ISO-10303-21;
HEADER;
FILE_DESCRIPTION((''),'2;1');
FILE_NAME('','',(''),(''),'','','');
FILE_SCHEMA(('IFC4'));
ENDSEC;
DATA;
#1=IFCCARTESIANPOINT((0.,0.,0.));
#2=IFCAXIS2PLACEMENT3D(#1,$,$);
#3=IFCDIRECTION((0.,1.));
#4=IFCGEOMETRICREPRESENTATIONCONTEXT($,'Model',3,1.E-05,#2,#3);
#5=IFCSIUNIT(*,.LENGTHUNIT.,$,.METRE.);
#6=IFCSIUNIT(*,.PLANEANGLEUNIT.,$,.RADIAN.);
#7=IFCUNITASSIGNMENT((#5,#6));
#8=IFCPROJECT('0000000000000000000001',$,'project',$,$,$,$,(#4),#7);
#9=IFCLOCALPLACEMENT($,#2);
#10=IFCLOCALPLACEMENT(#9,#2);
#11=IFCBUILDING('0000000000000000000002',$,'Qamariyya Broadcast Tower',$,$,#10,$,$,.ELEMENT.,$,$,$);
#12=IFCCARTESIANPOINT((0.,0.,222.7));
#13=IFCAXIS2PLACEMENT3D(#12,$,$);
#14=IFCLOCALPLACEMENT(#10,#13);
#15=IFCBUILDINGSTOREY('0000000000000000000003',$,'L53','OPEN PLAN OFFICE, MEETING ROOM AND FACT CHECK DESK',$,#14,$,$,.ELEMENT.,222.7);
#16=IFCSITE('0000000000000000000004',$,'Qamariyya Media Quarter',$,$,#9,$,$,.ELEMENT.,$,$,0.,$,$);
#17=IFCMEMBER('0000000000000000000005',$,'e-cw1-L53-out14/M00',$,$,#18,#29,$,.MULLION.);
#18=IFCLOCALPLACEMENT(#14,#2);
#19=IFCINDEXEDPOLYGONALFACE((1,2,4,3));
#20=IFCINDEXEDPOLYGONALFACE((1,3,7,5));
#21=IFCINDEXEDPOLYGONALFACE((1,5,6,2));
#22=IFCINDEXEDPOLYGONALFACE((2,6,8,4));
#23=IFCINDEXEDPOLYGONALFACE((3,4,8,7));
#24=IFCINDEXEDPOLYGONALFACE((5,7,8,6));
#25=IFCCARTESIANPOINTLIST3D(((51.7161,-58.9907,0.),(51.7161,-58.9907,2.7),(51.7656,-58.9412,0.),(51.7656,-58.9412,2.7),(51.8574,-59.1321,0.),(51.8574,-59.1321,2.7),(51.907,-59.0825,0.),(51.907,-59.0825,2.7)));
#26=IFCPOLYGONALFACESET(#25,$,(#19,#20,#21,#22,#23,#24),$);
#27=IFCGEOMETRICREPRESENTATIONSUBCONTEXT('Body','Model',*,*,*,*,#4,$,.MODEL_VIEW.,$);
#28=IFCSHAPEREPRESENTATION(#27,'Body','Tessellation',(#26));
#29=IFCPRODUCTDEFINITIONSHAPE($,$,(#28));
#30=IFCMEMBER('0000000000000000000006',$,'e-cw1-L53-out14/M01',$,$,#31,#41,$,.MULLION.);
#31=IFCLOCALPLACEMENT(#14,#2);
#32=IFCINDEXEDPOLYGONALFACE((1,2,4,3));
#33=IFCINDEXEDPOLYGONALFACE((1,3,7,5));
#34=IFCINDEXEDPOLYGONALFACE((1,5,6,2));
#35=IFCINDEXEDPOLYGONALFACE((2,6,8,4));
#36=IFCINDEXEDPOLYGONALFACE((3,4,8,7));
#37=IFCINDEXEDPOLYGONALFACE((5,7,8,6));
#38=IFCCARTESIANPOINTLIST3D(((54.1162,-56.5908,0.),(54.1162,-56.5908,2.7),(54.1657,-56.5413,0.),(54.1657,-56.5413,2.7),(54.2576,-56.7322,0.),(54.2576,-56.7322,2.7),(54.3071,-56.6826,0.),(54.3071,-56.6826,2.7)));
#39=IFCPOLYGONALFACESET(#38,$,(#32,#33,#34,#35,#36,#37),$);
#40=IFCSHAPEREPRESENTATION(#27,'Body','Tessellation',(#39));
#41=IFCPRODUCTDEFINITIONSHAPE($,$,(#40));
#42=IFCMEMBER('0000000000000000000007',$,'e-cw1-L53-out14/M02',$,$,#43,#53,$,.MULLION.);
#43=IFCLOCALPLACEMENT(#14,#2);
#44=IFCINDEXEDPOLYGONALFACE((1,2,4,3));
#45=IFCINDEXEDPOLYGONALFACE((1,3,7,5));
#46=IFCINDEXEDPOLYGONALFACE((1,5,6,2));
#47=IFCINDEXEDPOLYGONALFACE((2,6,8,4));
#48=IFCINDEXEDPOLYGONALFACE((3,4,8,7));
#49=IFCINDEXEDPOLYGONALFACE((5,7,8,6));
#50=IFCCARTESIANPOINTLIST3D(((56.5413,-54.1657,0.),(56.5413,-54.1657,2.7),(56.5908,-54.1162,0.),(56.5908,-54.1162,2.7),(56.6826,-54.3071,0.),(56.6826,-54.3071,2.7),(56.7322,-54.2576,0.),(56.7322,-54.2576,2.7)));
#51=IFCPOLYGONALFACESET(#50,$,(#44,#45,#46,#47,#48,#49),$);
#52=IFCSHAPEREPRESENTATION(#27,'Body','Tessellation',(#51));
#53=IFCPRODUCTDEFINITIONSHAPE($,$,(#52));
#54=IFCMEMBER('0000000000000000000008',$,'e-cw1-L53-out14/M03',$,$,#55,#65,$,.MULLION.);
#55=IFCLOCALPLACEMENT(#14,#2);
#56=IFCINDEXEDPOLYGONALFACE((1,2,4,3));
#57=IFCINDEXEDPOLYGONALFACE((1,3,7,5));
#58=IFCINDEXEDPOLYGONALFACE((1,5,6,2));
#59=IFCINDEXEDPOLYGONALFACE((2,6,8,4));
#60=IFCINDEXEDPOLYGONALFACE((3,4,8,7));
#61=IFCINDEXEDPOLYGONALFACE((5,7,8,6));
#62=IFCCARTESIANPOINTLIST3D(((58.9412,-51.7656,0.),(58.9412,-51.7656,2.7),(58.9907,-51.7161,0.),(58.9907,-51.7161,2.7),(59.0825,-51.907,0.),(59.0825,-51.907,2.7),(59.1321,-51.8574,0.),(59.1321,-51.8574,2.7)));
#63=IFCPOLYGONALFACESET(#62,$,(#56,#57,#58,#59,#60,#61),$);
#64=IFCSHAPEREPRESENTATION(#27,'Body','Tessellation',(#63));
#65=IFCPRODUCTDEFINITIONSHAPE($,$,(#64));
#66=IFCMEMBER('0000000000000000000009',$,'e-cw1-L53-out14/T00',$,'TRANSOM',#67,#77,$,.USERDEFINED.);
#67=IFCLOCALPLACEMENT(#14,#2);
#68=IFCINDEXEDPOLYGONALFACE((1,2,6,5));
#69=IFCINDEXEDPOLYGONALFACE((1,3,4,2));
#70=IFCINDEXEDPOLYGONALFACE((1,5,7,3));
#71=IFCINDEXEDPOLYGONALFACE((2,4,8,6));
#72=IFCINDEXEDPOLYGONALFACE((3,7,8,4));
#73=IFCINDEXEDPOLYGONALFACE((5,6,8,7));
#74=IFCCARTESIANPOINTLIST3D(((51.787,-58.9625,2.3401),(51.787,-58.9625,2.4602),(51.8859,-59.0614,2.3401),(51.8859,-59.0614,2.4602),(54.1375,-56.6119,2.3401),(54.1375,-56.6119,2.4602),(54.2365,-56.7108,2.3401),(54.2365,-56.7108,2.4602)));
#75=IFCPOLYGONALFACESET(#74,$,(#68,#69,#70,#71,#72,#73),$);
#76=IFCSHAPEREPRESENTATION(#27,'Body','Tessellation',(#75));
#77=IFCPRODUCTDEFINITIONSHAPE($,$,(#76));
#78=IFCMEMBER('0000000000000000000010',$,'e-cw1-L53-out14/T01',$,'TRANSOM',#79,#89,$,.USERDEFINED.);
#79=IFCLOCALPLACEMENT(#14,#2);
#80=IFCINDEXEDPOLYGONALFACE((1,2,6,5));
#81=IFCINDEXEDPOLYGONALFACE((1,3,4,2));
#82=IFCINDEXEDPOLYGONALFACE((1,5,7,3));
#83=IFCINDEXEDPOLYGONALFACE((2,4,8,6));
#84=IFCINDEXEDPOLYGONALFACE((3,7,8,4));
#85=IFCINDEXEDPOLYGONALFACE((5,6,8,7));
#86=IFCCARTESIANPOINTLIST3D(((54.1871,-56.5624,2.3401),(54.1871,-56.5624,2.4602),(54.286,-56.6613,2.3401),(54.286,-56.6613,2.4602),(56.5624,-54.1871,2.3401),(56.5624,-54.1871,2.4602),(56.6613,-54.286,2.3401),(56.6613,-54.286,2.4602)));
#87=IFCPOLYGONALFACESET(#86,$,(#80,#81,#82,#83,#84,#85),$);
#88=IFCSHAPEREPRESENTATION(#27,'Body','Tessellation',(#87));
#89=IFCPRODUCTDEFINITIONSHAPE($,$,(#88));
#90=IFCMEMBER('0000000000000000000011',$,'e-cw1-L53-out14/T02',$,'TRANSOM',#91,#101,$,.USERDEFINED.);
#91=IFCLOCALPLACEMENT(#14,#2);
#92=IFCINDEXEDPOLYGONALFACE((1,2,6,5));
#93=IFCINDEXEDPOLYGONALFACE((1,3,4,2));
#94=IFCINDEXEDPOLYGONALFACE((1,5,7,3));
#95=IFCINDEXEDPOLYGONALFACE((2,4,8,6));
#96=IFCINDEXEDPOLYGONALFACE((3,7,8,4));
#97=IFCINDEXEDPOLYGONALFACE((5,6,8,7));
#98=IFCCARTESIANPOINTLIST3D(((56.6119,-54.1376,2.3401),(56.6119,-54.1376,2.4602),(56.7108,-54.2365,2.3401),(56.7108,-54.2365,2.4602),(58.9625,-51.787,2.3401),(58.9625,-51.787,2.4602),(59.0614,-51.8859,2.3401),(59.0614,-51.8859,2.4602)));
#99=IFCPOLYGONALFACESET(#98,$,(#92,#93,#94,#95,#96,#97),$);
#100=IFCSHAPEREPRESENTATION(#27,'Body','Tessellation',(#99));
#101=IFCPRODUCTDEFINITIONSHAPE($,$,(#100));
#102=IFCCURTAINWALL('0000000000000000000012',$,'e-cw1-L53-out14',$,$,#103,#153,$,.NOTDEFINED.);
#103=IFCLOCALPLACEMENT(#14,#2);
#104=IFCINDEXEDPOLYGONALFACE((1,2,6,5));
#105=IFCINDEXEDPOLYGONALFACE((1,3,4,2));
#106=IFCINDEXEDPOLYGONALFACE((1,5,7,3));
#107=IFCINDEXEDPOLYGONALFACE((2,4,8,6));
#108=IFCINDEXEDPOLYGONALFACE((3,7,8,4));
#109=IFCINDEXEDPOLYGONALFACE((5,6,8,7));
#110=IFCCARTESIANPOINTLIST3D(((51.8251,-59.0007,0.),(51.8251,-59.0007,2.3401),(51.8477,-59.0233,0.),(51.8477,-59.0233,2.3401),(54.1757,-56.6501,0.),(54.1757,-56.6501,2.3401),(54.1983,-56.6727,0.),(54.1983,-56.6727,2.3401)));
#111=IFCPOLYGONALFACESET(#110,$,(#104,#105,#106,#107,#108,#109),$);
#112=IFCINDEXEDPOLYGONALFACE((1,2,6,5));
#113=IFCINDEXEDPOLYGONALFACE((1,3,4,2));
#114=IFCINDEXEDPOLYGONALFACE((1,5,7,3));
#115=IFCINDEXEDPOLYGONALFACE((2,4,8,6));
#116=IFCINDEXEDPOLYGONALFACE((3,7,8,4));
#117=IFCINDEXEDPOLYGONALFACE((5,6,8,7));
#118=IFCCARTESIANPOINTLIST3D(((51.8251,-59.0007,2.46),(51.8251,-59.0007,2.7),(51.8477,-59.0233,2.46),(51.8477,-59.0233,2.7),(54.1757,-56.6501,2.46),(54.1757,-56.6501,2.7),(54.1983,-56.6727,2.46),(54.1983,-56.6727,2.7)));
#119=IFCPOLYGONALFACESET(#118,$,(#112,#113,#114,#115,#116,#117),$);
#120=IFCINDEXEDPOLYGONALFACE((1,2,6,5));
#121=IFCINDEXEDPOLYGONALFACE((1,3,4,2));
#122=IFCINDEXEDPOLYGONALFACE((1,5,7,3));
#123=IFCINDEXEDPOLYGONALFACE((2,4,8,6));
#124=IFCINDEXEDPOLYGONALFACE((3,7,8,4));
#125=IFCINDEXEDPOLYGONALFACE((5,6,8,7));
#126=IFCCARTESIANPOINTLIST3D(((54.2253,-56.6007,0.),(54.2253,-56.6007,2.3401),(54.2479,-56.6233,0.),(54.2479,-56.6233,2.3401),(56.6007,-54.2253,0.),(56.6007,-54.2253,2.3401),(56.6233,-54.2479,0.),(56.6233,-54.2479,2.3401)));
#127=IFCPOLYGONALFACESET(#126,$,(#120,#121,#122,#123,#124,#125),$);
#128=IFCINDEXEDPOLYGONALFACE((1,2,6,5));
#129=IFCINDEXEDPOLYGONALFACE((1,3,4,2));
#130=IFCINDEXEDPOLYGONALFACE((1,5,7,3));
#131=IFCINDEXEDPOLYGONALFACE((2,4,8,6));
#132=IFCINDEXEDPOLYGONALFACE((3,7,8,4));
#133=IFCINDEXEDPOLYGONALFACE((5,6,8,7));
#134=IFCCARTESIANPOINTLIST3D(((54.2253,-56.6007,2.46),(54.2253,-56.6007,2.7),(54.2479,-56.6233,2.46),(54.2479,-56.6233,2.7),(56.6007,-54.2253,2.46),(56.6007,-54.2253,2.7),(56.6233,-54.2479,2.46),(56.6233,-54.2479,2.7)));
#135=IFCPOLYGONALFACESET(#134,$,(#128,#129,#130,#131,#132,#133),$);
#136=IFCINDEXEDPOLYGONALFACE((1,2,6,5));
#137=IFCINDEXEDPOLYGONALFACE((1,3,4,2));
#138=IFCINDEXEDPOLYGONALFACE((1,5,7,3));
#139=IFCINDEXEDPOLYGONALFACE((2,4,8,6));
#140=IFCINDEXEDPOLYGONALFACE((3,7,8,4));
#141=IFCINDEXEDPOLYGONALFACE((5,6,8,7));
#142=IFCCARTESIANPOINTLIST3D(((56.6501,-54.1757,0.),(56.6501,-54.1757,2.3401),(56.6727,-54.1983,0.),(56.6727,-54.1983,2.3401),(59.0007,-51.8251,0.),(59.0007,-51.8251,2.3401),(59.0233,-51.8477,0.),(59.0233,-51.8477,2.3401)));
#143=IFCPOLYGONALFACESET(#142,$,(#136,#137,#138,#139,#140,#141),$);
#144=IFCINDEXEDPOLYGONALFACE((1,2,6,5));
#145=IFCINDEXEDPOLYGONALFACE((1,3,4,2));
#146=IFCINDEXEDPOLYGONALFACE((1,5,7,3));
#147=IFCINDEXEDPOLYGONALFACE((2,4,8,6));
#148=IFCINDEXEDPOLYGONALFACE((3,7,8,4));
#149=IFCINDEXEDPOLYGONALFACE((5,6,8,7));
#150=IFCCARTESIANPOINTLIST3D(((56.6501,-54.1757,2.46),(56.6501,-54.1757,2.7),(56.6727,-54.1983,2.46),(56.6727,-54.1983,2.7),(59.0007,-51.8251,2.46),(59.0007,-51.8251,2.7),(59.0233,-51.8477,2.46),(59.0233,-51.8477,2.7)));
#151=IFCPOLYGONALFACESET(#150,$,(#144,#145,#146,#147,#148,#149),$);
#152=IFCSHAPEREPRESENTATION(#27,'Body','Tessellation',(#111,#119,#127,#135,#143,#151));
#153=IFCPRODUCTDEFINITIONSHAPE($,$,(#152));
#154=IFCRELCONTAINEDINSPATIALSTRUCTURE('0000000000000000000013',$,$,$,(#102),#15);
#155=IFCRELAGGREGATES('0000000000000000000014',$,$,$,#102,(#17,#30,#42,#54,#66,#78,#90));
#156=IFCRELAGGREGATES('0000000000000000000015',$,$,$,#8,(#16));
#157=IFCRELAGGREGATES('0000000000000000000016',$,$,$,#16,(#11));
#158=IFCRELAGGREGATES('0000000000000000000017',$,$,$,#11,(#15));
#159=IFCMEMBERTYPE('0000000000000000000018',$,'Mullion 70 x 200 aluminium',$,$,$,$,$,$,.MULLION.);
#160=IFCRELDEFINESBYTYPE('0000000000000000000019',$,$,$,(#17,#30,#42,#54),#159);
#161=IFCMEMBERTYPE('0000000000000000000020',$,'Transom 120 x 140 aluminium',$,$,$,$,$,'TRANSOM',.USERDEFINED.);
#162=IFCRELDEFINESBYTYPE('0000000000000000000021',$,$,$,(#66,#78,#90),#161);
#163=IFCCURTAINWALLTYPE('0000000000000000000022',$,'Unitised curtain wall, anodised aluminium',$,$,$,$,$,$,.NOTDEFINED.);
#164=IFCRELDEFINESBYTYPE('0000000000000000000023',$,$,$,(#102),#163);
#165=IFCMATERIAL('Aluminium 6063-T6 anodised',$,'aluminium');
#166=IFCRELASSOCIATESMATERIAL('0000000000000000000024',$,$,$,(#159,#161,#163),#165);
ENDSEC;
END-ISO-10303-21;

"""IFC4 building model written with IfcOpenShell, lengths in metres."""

from ifc_helpers import new_model, si_unit, direction, frame, origin, origin_2d, place, context, subcontext, project, spatial, rectangle, extrude, material, material_profile, profile_set, type_object, element, aggregate, save


model = new_model("IFC4")

# Units and contexts
model_context = context("Model", 3, precision=1e-05, world=origin(), true_north=direction((0.0, 1.0)))
body_context = subcontext(model_context, "Body", "Model", "MODEL_VIEW")
ifc_project = project(units=[si_unit("LENGTHUNIT", "METRE"), si_unit("PLANEANGLEUNIT", "RADIAN")], contexts=[model_context])

# Members
ifc_material = material(Name="Aluminium 6063-T6 anodised", Category="aluminium")
ifc_material_profile_1 = material_profile(ifc_material, rectangle(XDim=0.2, YDim=0.0701, at=origin_2d()))
ifc_profile_set_1 = profile_set([ifc_material_profile_1], Name="Aluminium 6063-T6 anodised")
member_type_1 = type_object("IfcMemberType", Name="Mullion 70 x 200 aluminium", PredefinedType="MULLION", material=ifc_profile_set_1)
site_placement = place(None, origin())
building_placement = place(site_placement, origin())
storey_placement = place(building_placement, frame((0.0, 0.0, 222.7)))
member_1_placement = place(storey_placement, frame((51.8115, -59.0366, 0.0), z_axis=(0.0, 0.0, 1.0), x_axis=(-0.707107, 0.707107, 0.0)))
member_1 = element("IfcMember", 1, at=member_1_placement, type_object=member_type_1, Name="e-cw1-L53-out14/M00", PredefinedType="MULLION", context=body_context, shape_type="SweptSolid", body=[
    extrude(rectangle(XDim=0.2, YDim=0.0701, at=origin_2d()), origin(), (0.0, 0.0, 1.0), 2.7),
])
member_2_placement = place(storey_placement, frame((54.2117, -56.6367, 0.0), z_axis=(0.0, 0.0, 1.0), x_axis=(-0.707107, 0.707107, 0.0)))
member_2 = element("IfcMember", 2, at=member_2_placement, type_object=member_type_1, Name="e-cw1-L53-out14/M01", PredefinedType="MULLION", context=body_context, shape_type="SweptSolid", body=[
    extrude(rectangle(XDim=0.2, YDim=0.0701, at=origin_2d()), origin(), (0.0, 0.0, 1.0), 2.7),
])
member_3_placement = place(storey_placement, frame((56.6367, -54.2117, 0.0), z_axis=(0.0, 0.0, 1.0), x_axis=(-0.707107, 0.707107, 0.0)))
member_3 = element("IfcMember", 3, at=member_3_placement, type_object=member_type_1, Name="e-cw1-L53-out14/M02", PredefinedType="MULLION", context=body_context, shape_type="SweptSolid", body=[
    extrude(rectangle(XDim=0.2, YDim=0.0701, at=origin_2d()), origin(), (0.0, 0.0, 1.0), 2.7),
])
member_4_placement = place(storey_placement, frame((59.0366, -51.8115, 0.0), z_axis=(0.0, 0.0, 1.0), x_axis=(-0.707107, 0.707107, 0.0)))
member_4 = element("IfcMember", 4, at=member_4_placement, type_object=member_type_1, Name="e-cw1-L53-out14/M03", PredefinedType="MULLION", context=body_context, shape_type="SweptSolid", body=[
    extrude(rectangle(XDim=0.2, YDim=0.0701, at=origin_2d()), origin(), (0.0, 0.0, 1.0), 2.7),
])
ifc_material_profile_2 = material_profile(ifc_material, rectangle(XDim=0.1399, YDim=0.1201, at=origin_2d()))
ifc_profile_set_2 = profile_set([ifc_material_profile_2], Name="Aluminium 6063-T6 anodised")
member_type_2 = type_object("IfcMemberType", Name="Transom 120 x 140 aluminium", ElementType="TRANSOM", PredefinedType="USERDEFINED", material=ifc_profile_set_2)
member_5_placement = place(storey_placement, frame((51.8364, -59.012, 2.4001), z_axis=(0.707107, 0.707107, 0.0), x_axis=(-0.707107, 0.707107, 0.0)))
member_5 = element("IfcMember", 5, at=member_5_placement, type_object=member_type_2, Name="e-cw1-L53-out14/T00", ObjectType="TRANSOM", PredefinedType="USERDEFINED", context=body_context, shape_type="SweptSolid", body=[
    extrude(rectangle(XDim=0.1399, YDim=0.1201, at=origin_2d()), origin(), (0.0, 0.0, 1.0), 3.3242),
])
member_6_placement = place(storey_placement, frame((54.2366, -56.6118, 2.4001), z_axis=(0.707107, 0.707107, 0.0), x_axis=(-0.707107, 0.707107, 0.0)))
member_6 = element("IfcMember", 6, at=member_6_placement, type_object=member_type_2, Name="e-cw1-L53-out14/T01", ObjectType="TRANSOM", PredefinedType="USERDEFINED", context=body_context, shape_type="SweptSolid", body=[
    extrude(rectangle(XDim=0.1399, YDim=0.1201, at=origin_2d()), origin(), (0.0, 0.0, 1.0), 3.3591),
])
member_7_placement = place(storey_placement, frame((56.6614, -54.187, 2.4001), z_axis=(0.707107, 0.707107, 0.0), x_axis=(-0.707107, 0.707107, 0.0)))
member_7 = element("IfcMember", 7, at=member_7_placement, type_object=member_type_2, Name="e-cw1-L53-out14/T02", ObjectType="TRANSOM", PredefinedType="USERDEFINED", context=body_context, shape_type="SweptSolid", body=[
    extrude(rectangle(XDim=0.1399, YDim=0.1201, at=origin_2d()), origin(), (0.0, 0.0, 1.0), 3.3242),
])

# Site, building, storey
site = spatial("IfcSite", under=ifc_project, at=site_placement, Name="Qamariyya Media Quarter", CompositionType="ELEMENT", RefElevation=0.0)
building = spatial("IfcBuilding", under=site, at=building_placement, Name="Qamariyya Broadcast Tower", CompositionType="ELEMENT")
storey = spatial("IfcBuildingStorey", under=building, at=storey_placement, Name="L53", Description="OPEN PLAN OFFICE, MEETING ROOM AND FACT CHECK DESK", CompositionType="ELEMENT", Elevation=222.7)

# Curtain wall
curtain_wall_type = type_object("IfcCurtainWallType", Name="Unitised curtain wall, anodised aluminium", PredefinedType="NOTDEFINED", material=ifc_material)
curtain_wall_1_placement = place(storey_placement, origin())
curtain_wall_1 = element("IfcCurtainWall", 8, at=curtain_wall_1_placement, inside=storey, type_object=curtain_wall_type, Name="e-cw1-L53-out14", PredefinedType="NOTDEFINED", context=body_context, shape_type="SweptSolid", body=[
    extrude(rectangle(XDim=3.3242, YDim=0.032, at=origin_2d()), frame((53.0117, -57.8367, 0.0), x_axis=(0.707107, 0.707107, 0.0)), (0.0, 0.0, 1.0), 2.3401),
    extrude(rectangle(XDim=3.3242, YDim=0.032, at=origin_2d()), frame((53.0117, -57.8367, 2.46), x_axis=(0.707107, 0.707107, 0.0)), (0.0, 0.0, 1.0), 0.24),
    extrude(rectangle(XDim=3.3594, YDim=0.032, at=origin_2d()), frame((55.4243, -55.4243, 0.0), x_axis=(0.707107, 0.707107, 0.0)), (0.0, 0.0, 1.0), 2.3401),
    extrude(rectangle(XDim=3.3594, YDim=0.032, at=origin_2d()), frame((55.4243, -55.4243, 2.46), x_axis=(0.707107, 0.707107, 0.0)), (0.0, 0.0, 1.0), 0.24),
    extrude(rectangle(XDim=3.3242, YDim=0.032, at=origin_2d()), frame((57.8367, -53.0117, 0.0), x_axis=(0.707107, 0.707107, 0.0)), (0.0, 0.0, 1.0), 2.3401),
    extrude(rectangle(XDim=3.3242, YDim=0.032, at=origin_2d()), frame((57.8367, -53.0117, 2.46), x_axis=(0.707107, 0.707107, 0.0)), (0.0, 0.0, 1.0), 0.24),
])
aggregate(curtain_wall_1, [member_1, member_2, member_3, member_4, member_5, member_6, member_7])

save(model, "model.ifc")
